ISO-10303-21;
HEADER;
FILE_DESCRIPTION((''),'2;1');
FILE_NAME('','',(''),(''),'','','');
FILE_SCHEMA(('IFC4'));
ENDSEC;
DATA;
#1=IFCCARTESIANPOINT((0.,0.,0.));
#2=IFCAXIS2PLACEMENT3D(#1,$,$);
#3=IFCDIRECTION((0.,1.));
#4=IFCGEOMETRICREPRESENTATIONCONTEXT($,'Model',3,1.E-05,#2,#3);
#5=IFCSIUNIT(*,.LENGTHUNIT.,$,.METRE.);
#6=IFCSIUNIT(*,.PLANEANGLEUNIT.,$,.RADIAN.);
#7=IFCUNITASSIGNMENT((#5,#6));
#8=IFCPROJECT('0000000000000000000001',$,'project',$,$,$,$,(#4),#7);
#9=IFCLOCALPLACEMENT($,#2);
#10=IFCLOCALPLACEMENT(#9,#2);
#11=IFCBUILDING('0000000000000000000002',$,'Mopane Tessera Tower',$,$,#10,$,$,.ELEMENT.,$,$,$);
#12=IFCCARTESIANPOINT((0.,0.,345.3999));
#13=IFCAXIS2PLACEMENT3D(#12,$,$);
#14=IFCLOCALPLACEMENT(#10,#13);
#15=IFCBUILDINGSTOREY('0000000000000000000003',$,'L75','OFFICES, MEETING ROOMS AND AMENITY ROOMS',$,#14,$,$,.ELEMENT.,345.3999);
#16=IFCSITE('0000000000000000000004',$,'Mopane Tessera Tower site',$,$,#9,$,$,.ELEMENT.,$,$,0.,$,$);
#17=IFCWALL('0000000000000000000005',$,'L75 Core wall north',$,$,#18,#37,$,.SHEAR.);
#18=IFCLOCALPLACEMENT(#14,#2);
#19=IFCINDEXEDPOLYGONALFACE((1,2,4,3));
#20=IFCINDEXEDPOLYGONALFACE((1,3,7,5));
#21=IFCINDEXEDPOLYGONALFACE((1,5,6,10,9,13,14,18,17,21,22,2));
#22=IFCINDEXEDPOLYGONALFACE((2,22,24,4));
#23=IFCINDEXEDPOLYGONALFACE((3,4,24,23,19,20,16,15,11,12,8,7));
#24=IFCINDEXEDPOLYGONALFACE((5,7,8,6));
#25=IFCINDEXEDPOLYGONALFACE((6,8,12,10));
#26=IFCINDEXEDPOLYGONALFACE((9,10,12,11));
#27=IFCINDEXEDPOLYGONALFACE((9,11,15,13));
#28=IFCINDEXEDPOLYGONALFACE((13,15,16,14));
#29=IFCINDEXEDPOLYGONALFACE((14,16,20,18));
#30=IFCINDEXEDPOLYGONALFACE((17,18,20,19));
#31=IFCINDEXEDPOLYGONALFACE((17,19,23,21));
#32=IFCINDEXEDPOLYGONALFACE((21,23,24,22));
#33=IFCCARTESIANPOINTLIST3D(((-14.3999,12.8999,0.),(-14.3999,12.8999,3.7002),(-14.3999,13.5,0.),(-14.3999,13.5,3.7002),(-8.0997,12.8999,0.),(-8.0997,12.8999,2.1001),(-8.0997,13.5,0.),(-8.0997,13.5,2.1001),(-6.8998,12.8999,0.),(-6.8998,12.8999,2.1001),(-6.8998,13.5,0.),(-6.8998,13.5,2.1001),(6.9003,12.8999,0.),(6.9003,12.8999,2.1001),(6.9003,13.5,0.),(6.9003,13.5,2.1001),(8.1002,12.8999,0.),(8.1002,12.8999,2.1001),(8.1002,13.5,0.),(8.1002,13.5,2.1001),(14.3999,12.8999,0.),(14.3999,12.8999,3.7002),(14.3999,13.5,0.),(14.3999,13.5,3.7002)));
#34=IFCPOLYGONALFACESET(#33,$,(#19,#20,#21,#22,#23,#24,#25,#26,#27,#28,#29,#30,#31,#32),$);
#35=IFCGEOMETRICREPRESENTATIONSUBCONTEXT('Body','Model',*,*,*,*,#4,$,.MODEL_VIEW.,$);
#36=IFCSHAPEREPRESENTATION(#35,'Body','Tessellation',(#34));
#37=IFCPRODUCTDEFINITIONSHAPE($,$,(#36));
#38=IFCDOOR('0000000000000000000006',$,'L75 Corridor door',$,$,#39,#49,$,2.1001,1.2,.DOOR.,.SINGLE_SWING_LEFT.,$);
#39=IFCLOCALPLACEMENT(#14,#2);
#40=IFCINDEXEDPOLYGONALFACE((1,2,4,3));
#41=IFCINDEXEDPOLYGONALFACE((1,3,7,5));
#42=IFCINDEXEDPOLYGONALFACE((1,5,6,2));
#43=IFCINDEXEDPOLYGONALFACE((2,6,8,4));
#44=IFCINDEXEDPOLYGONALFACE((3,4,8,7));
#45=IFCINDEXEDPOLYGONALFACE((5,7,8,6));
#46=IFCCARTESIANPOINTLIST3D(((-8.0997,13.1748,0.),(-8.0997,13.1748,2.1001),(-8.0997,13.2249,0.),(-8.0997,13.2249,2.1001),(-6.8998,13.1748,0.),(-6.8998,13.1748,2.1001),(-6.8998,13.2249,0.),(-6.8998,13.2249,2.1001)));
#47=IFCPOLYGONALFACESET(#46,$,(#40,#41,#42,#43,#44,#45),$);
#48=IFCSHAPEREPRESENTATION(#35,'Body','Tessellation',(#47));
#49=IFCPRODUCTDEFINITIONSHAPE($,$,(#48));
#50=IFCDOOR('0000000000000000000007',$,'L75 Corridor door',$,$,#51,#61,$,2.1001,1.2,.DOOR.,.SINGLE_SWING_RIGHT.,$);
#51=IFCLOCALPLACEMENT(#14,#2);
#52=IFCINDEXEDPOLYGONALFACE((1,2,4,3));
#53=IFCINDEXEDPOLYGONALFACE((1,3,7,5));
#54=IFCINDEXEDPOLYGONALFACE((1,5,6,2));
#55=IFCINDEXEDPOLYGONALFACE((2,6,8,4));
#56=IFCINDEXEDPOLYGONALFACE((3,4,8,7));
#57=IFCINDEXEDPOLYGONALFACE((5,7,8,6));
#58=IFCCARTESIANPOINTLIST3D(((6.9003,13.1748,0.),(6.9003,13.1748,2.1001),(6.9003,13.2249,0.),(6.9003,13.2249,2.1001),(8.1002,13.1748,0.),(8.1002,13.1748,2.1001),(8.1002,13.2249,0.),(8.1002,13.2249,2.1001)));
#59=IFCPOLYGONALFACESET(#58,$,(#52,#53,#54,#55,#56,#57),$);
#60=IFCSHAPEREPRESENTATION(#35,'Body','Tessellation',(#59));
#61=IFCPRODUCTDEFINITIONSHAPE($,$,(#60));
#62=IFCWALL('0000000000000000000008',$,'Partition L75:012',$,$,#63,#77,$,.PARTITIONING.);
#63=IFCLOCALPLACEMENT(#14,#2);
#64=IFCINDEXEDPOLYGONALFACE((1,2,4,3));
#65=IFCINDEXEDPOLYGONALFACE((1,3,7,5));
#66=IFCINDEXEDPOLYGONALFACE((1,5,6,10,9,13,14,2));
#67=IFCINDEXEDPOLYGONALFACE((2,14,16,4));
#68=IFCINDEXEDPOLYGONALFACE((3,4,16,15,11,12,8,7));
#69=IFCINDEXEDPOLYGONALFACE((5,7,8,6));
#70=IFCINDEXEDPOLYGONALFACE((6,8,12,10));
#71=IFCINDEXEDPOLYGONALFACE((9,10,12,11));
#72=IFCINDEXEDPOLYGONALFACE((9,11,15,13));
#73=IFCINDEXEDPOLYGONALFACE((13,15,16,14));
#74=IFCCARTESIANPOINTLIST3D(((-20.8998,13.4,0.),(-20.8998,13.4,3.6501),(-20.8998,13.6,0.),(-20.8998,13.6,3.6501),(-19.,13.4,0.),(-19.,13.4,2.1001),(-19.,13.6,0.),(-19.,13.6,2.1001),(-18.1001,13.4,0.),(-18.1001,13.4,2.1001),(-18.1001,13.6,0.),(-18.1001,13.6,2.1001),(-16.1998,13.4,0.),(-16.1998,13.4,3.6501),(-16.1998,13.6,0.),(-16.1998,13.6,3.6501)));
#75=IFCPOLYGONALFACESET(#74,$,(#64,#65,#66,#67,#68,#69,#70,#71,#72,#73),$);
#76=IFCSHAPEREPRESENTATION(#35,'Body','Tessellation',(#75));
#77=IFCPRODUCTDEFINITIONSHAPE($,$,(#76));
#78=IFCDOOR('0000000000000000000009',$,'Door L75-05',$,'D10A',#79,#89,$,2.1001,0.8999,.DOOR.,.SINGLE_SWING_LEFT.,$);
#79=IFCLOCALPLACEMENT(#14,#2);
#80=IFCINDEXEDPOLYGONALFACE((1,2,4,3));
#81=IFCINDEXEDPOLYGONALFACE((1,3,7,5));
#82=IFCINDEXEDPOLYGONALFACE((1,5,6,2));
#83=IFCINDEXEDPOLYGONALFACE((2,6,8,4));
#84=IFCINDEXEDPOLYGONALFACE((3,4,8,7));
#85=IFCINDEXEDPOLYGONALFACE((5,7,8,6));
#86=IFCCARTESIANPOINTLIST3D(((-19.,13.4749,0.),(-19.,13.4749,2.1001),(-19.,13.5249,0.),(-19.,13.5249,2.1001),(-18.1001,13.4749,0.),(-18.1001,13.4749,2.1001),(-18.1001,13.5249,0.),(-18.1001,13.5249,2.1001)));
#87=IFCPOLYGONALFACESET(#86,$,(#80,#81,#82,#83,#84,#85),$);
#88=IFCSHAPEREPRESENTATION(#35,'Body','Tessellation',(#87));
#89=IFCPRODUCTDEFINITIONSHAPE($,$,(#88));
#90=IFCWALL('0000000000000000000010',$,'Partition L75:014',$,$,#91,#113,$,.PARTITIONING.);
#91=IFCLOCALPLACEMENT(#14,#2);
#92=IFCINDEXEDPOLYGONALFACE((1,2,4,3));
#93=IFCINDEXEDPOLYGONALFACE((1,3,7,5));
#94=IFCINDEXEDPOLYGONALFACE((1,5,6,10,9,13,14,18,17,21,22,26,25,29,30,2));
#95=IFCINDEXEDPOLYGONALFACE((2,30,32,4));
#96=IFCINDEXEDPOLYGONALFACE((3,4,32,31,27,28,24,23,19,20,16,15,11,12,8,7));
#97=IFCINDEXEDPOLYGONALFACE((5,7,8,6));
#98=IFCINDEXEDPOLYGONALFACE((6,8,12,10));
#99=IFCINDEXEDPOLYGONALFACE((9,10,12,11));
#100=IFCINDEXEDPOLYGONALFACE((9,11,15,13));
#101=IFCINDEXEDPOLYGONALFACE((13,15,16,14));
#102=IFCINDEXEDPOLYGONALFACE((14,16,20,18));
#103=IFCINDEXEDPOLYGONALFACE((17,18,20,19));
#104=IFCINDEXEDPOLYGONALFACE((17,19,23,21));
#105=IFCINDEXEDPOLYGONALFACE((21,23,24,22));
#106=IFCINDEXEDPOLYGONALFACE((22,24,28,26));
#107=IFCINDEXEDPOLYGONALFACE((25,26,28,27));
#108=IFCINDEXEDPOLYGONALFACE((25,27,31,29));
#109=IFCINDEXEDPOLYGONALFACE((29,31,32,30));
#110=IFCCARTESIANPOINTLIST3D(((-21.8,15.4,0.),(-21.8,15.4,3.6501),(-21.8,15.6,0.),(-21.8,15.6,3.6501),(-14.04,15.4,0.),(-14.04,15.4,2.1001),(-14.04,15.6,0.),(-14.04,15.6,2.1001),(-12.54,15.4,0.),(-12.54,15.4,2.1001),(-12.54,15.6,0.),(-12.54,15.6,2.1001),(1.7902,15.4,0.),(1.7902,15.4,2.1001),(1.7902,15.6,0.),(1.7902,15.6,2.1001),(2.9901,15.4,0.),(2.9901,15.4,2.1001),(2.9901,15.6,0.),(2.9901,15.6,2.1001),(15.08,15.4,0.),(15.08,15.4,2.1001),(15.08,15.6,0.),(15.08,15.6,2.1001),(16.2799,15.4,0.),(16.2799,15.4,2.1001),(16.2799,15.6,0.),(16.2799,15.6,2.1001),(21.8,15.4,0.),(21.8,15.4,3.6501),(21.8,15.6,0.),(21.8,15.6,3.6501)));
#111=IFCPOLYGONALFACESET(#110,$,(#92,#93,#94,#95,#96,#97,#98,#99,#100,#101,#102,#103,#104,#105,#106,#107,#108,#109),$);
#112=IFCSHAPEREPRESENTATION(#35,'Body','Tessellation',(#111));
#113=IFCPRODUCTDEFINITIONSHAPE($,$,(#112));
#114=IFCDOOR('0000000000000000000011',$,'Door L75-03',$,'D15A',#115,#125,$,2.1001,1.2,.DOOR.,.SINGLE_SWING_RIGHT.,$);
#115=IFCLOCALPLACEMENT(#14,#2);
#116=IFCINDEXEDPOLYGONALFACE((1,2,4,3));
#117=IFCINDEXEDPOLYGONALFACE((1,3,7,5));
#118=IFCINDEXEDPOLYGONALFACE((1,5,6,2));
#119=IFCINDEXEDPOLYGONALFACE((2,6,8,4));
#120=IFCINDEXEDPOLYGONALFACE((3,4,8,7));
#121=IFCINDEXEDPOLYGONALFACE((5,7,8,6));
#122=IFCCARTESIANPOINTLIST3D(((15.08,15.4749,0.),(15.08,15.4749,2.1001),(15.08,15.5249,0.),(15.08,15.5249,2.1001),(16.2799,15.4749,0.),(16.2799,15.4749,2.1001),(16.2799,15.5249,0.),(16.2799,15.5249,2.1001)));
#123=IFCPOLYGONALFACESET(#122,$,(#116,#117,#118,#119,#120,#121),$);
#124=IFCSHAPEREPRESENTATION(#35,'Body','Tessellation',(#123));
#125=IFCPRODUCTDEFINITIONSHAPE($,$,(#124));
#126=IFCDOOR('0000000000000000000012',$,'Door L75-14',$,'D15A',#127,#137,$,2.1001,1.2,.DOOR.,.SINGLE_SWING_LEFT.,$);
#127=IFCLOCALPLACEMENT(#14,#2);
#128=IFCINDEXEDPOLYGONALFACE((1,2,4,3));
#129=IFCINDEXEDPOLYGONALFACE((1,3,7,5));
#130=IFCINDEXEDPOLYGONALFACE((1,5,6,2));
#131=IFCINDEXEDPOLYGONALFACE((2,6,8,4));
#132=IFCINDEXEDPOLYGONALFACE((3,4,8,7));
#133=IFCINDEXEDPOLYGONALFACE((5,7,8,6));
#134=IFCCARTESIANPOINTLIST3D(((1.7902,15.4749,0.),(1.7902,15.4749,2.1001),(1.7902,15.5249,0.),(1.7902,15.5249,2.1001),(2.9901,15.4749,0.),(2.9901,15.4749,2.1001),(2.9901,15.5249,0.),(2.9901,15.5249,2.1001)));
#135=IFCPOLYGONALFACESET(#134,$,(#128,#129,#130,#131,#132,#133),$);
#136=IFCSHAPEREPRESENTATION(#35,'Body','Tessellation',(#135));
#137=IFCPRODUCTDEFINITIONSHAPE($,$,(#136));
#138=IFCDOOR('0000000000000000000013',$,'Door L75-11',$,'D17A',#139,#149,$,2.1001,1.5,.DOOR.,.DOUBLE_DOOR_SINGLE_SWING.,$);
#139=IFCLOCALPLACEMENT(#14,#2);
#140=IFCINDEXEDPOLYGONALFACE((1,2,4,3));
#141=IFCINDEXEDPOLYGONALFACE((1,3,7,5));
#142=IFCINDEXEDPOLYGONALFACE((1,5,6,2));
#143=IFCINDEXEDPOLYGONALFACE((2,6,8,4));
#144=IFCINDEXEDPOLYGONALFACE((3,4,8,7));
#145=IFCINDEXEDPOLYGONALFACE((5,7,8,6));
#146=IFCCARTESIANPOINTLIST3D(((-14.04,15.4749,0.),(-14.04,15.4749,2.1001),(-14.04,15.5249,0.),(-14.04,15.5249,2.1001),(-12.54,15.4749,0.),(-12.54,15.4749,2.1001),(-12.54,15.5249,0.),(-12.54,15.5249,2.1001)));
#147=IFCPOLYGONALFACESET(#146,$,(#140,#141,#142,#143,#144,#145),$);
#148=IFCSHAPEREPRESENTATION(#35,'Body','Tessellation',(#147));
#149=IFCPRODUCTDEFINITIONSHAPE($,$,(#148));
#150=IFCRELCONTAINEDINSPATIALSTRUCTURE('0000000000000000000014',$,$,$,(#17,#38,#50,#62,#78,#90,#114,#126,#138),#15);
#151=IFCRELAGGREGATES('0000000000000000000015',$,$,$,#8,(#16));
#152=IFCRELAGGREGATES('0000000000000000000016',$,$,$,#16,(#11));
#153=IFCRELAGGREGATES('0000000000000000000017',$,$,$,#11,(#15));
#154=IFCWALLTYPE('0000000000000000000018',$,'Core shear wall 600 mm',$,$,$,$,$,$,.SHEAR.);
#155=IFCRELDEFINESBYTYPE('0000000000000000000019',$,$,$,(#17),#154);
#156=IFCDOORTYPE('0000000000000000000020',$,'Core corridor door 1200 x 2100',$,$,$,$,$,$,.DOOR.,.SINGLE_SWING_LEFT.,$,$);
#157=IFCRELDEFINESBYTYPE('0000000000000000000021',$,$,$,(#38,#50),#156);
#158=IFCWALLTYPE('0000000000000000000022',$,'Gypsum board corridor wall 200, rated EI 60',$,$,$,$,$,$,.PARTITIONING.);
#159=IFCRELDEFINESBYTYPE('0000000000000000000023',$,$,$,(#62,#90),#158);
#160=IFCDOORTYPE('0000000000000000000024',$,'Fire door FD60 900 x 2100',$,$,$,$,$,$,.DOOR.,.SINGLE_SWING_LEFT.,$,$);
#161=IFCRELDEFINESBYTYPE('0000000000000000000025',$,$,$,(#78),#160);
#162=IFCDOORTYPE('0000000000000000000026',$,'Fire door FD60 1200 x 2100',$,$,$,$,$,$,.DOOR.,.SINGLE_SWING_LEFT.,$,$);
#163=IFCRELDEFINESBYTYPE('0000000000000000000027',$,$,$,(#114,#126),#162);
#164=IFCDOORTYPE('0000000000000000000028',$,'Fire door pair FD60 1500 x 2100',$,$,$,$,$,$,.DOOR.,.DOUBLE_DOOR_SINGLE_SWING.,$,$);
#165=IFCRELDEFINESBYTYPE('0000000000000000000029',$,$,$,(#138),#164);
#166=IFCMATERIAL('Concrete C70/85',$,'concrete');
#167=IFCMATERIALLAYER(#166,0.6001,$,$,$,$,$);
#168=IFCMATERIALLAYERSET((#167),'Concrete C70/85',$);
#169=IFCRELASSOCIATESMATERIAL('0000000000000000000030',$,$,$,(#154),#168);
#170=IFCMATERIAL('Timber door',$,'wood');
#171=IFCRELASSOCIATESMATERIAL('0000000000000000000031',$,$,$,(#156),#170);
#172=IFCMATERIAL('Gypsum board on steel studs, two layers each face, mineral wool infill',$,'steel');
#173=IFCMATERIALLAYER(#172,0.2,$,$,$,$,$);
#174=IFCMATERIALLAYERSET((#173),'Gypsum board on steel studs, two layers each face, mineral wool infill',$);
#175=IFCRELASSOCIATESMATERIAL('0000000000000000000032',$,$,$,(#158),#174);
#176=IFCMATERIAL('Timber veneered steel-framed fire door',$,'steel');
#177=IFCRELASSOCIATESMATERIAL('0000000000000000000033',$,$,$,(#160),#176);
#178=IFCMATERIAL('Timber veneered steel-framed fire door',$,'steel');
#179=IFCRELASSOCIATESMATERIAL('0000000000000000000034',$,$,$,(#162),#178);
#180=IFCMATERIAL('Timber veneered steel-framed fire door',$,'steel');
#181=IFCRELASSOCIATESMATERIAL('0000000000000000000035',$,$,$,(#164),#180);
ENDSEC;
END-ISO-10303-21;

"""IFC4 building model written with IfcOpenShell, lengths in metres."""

from ifc_helpers import new_model, si_unit, direction, frame, frame_2d, origin, place, context, subcontext, project, spatial, rectangle, extrude, material, layer, layer_set, type_object, element, fill, save


model = new_model("IFC4")

# Units and contexts
model_context = context("Model", 3, precision=1e-05, world=origin(), true_north=direction((0.0, 1.0)))
body_context = subcontext(model_context, "Body", "Model", "MODEL_VIEW")
ifc_project = project(units=[si_unit("LENGTHUNIT", "METRE"), si_unit("PLANEANGLEUNIT", "RADIAN")], contexts=[model_context])

# Site, building, storey
site_placement = place(None, origin())
site = spatial("IfcSite", under=ifc_project, at=site_placement, Name="Mopane Tessera Tower site", CompositionType="ELEMENT", RefElevation=0.0)
building_placement = place(site_placement, origin())
building = spatial("IfcBuilding", under=site, at=building_placement, Name="Mopane Tessera Tower", CompositionType="ELEMENT")
storey_placement = place(building_placement, frame((0.0, 0.0, 345.3999)))
storey = spatial("IfcBuildingStorey", under=building, at=storey_placement, Name="L75", Description="OFFICES, MEETING ROOMS AND AMENITY ROOMS", CompositionType="ELEMENT", Elevation=345.3999)

# Wall, openings, doors
ifc_material_1 = material(Name="Concrete C70/85", Category="concrete")
ifc_layer_1 = layer(ifc_material_1, 0.6001)
ifc_layer_set_1 = layer_set([ifc_layer_1], Name="Concrete C70/85")
wall_type_1 = type_object("IfcWallType", Name="Core shear wall 600 mm", PredefinedType="SHEAR", material=ifc_layer_set_1)
wall_1_placement = place(storey_placement, frame((-14.3999, 13.2, 0.0), z_axis=(0.0, 0.0, 1.0), x_axis=(1.0, 0.0, 0.0)))
wall_1 = element("IfcWall", 1, at=wall_1_placement, inside=storey, type_object=wall_type_1, Name="L75 Core wall north", PredefinedType="SHEAR", context=body_context, shape_type="SweptSolid", body=[
    extrude(rectangle(XDim=28.7998, YDim=0.6001, at=frame_2d((14.3999, 0.0))), origin(), (0.0, 0.0, 1.0), 3.7002),
])
opening_1_placement = place(wall_1_placement, frame((6.3, 0.0, 0.0)))
opening_1 = element("IfcOpeningElement", 2, at=opening_1_placement, cuts=wall_1, PredefinedType="OPENING", context=body_context, shape_type="SweptSolid", body=[
    extrude(rectangle(XDim=1.2, YDim=2.1001, at=frame_2d((0.6001, 1.05))), frame((0.0, 0.312, 0.0), z_axis=(0.0, -1.0, 0.0), x_axis=(1.0, 0.0, 0.0)), (0.0, 0.0, 1.0), 0.624),
])
opening_2_placement = place(wall_1_placement, frame((21.3, 0.0, 0.0)))
opening_2 = element("IfcOpeningElement", 3, at=opening_2_placement, cuts=wall_1, PredefinedType="OPENING", context=body_context, shape_type="SweptSolid", body=[
    extrude(rectangle(XDim=1.2, YDim=2.1001, at=frame_2d((0.6001, 1.05))), frame((0.0, 0.312, 0.0), z_axis=(0.0, -1.0, 0.0), x_axis=(1.0, 0.0, 0.0)), (0.0, 0.0, 1.0), 0.624),
])
ifc_material_2 = material(Name="Timber door", Category="wood")
door_type_1 = type_object("IfcDoorType", Name="Core corridor door 1200 x 2100", OperationType="SINGLE_SWING_LEFT", PredefinedType="DOOR", material=ifc_material_2)
door_1_placement = place(opening_1_placement, origin())
door_1 = element("IfcDoor", 4, at=door_1_placement, inside=storey, type_object=door_type_1, Name="L75 Corridor door", OperationType="SINGLE_SWING_LEFT", OverallHeight=2.1001, OverallWidth=1.2, PredefinedType="DOOR", context=body_context, shape_type="SweptSolid", body=[
    extrude(rectangle(XDim=1.2, YDim=2.1001, at=frame_2d((0.6001, 1.05))), frame((0.0, 0.0249, 0.0), z_axis=(0.0, -1.0, 0.0), x_axis=(1.0, 0.0, 0.0)), (0.0, 0.0, 1.0), 0.05),
])
fill(opening_1, door_1)
door_2_placement = place(opening_2_placement, origin())
door_2 = element("IfcDoor", 5, at=door_2_placement, inside=storey, type_object=door_type_1, Name="L75 Corridor door", OperationType="SINGLE_SWING_RIGHT", OverallHeight=2.1001, OverallWidth=1.2, PredefinedType="DOOR", context=body_context, shape_type="SweptSolid", body=[
    extrude(rectangle(XDim=1.2, YDim=2.1001, at=frame_2d((0.6001, 1.05))), frame((0.0, 0.0249, 0.0), z_axis=(0.0, -1.0, 0.0), x_axis=(1.0, 0.0, 0.0)), (0.0, 0.0, 1.0), 0.05),
])
fill(opening_2, door_2)

# Wall, opening, door
ifc_material_3 = material(Name="Gypsum board on steel studs, two layers each face, mineral wool infill", Category="steel")
ifc_layer_2 = layer(ifc_material_3, 0.2)
ifc_layer_set_2 = layer_set([ifc_layer_2], Name="Gypsum board on steel studs, two layers each face, mineral wool infill")
wall_type_2 = type_object("IfcWallType", Name="Gypsum board corridor wall 200, rated EI 60", PredefinedType="PARTITIONING", material=ifc_layer_set_2)
wall_2_placement = place(storey_placement, frame((-20.8999, 13.5, 0.0), z_axis=(0.0, 0.0, 1.0), x_axis=(1.0, 0.0, 0.0)))
wall_2 = element("IfcWall", 6, at=wall_2_placement, inside=storey, type_object=wall_type_2, Name="Partition L75:012", PredefinedType="PARTITIONING", context=body_context, shape_type="SweptSolid", body=[
    extrude(rectangle(XDim=4.7, YDim=0.2, at=frame_2d((2.3501, 0.0))), origin(), (0.0, 0.0, 1.0), 3.6501),
])
opening_3_placement = place(wall_2_placement, frame((1.8999, 0.0, 0.0)))
opening_3 = element("IfcOpeningElement", 7, at=opening_3_placement, cuts=wall_2, PredefinedType="OPENING", context=body_context, shape_type="SweptSolid", body=[
    extrude(rectangle(XDim=0.8999, YDim=2.1001, at=frame_2d((0.45, 1.05))), frame((0.0, 0.1121, 0.0), z_axis=(0.0, -1.0, 0.0), x_axis=(1.0, 0.0, 0.0)), (0.0, 0.0, 1.0), 0.2239),
])
ifc_material_4 = material(Name="Timber veneered steel-framed fire door", Category="steel")
door_type_2 = type_object("IfcDoorType", Name="Fire door FD60 900 x 2100", OperationType="SINGLE_SWING_LEFT", PredefinedType="DOOR", material=ifc_material_4)
door_3_placement = place(opening_3_placement, origin())
door_3 = element("IfcDoor", 8, at=door_3_placement, inside=storey, type_object=door_type_2, Name="Door L75-05", ObjectType="D10A", OperationType="SINGLE_SWING_LEFT", OverallHeight=2.1001, OverallWidth=0.8999, PredefinedType="DOOR", context=body_context, shape_type="SweptSolid", body=[
    extrude(rectangle(XDim=0.8999, YDim=2.1001, at=frame_2d((0.45, 1.05))), frame((0.0, 0.0249, 0.0), z_axis=(0.0, -1.0, 0.0), x_axis=(1.0, 0.0, 0.0)), (0.0, 0.0, 1.0), 0.05),
])
fill(opening_3, door_3)

# Wall, openings, doors
wall_3_placement = place(storey_placement, frame((-21.8, 15.5, 0.0), z_axis=(0.0, 0.0, 1.0), x_axis=(1.0, 0.0, 0.0)))
wall_3 = element("IfcWall", 9, at=wall_3_placement, inside=storey, type_object=wall_type_2, Name="Partition L75:014", PredefinedType="PARTITIONING", context=body_context, shape_type="SweptSolid", body=[
    extrude(rectangle(XDim=43.6001, YDim=0.2, at=frame_2d((21.8, 0.0))), origin(), (0.0, 0.0, 1.0), 3.6501),
])
opening_4_placement = place(wall_3_placement, frame((36.8799, 0.0, 0.0)))
opening_4 = element("IfcOpeningElement", 10, at=opening_4_placement, cuts=wall_3, PredefinedType="OPENING", context=body_context, shape_type="SweptSolid", body=[
    extrude(rectangle(XDim=1.2, YDim=2.1001, at=frame_2d((0.6001, 1.05))), frame((0.0, 0.1121, 0.0), z_axis=(0.0, -1.0, 0.0), x_axis=(1.0, 0.0, 0.0)), (0.0, 0.0, 1.0), 0.2239),
])
opening_5_placement = place(wall_3_placement, frame((7.76, 0.0, 0.0)))
opening_5 = element("IfcOpeningElement", 11, at=opening_5_placement, cuts=wall_3, PredefinedType="OPENING", context=body_context, shape_type="SweptSolid", body=[
    extrude(rectangle(XDim=1.5, YDim=2.1001, at=frame_2d((0.75, 1.05))), frame((0.0, 0.1121, 0.0), z_axis=(0.0, -1.0, 0.0), x_axis=(1.0, 0.0, 0.0)), (0.0, 0.0, 1.0), 0.2239),
])
opening_6_placement = place(wall_3_placement, frame((23.5901, 0.0, 0.0)))
opening_6 = element("IfcOpeningElement", 12, at=opening_6_placement, cuts=wall_3, PredefinedType="OPENING", context=body_context, shape_type="SweptSolid", body=[
    extrude(rectangle(XDim=1.2, YDim=2.1001, at=frame_2d((0.6001, 1.05))), frame((0.0, 0.1121, 0.0), z_axis=(0.0, -1.0, 0.0), x_axis=(1.0, 0.0, 0.0)), (0.0, 0.0, 1.0), 0.2239),
])
ifc_material_5 = material(Name="Timber veneered steel-framed fire door", Category="steel")
door_type_3 = type_object("IfcDoorType", Name="Fire door FD60 1200 x 2100", OperationType="SINGLE_SWING_LEFT", PredefinedType="DOOR", material=ifc_material_5)
door_4_placement = place(opening_4_placement, origin())
door_4 = element("IfcDoor", 13, at=door_4_placement, inside=storey, type_object=door_type_3, Name="Door L75-03", ObjectType="D15A", OperationType="SINGLE_SWING_RIGHT", OverallHeight=2.1001, OverallWidth=1.2, PredefinedType="DOOR", context=body_context, shape_type="SweptSolid", body=[
    extrude(rectangle(XDim=1.2, YDim=2.1001, at=frame_2d((0.6001, 1.05))), frame((0.0, 0.0249, 0.0), z_axis=(0.0, -1.0, 0.0), x_axis=(1.0, 0.0, 0.0)), (0.0, 0.0, 1.0), 0.05),
])
fill(opening_4, door_4)
door_5_placement = place(opening_6_placement, origin())
door_5 = element("IfcDoor", 14, at=door_5_placement, inside=storey, type_object=door_type_3, Name="Door L75-14", ObjectType="D15A", OperationType="SINGLE_SWING_LEFT", OverallHeight=2.1001, OverallWidth=1.2, PredefinedType="DOOR", context=body_context, shape_type="SweptSolid", body=[
    extrude(rectangle(XDim=1.2, YDim=2.1001, at=frame_2d((0.6001, 1.05))), frame((0.0, 0.0249, 0.0), z_axis=(0.0, -1.0, 0.0), x_axis=(1.0, 0.0, 0.0)), (0.0, 0.0, 1.0), 0.05),
])
fill(opening_6, door_5)
ifc_material_6 = material(Name="Timber veneered steel-framed fire door", Category="steel")
door_type_4 = type_object("IfcDoorType", Name="Fire door pair FD60 1500 x 2100", OperationType="DOUBLE_DOOR_SINGLE_SWING", PredefinedType="DOOR", material=ifc_material_6)
door_6_placement = place(opening_5_placement, origin())
door_6 = element("IfcDoor", 15, at=door_6_placement, inside=storey, type_object=door_type_4, Name="Door L75-11", ObjectType="D17A", OperationType="DOUBLE_DOOR_SINGLE_SWING", OverallHeight=2.1001, OverallWidth=1.5, PredefinedType="DOOR", context=body_context, shape_type="SweptSolid", body=[
    extrude(rectangle(XDim=1.5, YDim=2.1001, at=frame_2d((0.75, 1.05))), frame((0.0, 0.0249, 0.0), z_axis=(0.0, -1.0, 0.0), x_axis=(1.0, 0.0, 0.0)), (0.0, 0.0, 1.0), 0.05),
])
fill(opening_5, door_6)

save(model, "model.ifc")
